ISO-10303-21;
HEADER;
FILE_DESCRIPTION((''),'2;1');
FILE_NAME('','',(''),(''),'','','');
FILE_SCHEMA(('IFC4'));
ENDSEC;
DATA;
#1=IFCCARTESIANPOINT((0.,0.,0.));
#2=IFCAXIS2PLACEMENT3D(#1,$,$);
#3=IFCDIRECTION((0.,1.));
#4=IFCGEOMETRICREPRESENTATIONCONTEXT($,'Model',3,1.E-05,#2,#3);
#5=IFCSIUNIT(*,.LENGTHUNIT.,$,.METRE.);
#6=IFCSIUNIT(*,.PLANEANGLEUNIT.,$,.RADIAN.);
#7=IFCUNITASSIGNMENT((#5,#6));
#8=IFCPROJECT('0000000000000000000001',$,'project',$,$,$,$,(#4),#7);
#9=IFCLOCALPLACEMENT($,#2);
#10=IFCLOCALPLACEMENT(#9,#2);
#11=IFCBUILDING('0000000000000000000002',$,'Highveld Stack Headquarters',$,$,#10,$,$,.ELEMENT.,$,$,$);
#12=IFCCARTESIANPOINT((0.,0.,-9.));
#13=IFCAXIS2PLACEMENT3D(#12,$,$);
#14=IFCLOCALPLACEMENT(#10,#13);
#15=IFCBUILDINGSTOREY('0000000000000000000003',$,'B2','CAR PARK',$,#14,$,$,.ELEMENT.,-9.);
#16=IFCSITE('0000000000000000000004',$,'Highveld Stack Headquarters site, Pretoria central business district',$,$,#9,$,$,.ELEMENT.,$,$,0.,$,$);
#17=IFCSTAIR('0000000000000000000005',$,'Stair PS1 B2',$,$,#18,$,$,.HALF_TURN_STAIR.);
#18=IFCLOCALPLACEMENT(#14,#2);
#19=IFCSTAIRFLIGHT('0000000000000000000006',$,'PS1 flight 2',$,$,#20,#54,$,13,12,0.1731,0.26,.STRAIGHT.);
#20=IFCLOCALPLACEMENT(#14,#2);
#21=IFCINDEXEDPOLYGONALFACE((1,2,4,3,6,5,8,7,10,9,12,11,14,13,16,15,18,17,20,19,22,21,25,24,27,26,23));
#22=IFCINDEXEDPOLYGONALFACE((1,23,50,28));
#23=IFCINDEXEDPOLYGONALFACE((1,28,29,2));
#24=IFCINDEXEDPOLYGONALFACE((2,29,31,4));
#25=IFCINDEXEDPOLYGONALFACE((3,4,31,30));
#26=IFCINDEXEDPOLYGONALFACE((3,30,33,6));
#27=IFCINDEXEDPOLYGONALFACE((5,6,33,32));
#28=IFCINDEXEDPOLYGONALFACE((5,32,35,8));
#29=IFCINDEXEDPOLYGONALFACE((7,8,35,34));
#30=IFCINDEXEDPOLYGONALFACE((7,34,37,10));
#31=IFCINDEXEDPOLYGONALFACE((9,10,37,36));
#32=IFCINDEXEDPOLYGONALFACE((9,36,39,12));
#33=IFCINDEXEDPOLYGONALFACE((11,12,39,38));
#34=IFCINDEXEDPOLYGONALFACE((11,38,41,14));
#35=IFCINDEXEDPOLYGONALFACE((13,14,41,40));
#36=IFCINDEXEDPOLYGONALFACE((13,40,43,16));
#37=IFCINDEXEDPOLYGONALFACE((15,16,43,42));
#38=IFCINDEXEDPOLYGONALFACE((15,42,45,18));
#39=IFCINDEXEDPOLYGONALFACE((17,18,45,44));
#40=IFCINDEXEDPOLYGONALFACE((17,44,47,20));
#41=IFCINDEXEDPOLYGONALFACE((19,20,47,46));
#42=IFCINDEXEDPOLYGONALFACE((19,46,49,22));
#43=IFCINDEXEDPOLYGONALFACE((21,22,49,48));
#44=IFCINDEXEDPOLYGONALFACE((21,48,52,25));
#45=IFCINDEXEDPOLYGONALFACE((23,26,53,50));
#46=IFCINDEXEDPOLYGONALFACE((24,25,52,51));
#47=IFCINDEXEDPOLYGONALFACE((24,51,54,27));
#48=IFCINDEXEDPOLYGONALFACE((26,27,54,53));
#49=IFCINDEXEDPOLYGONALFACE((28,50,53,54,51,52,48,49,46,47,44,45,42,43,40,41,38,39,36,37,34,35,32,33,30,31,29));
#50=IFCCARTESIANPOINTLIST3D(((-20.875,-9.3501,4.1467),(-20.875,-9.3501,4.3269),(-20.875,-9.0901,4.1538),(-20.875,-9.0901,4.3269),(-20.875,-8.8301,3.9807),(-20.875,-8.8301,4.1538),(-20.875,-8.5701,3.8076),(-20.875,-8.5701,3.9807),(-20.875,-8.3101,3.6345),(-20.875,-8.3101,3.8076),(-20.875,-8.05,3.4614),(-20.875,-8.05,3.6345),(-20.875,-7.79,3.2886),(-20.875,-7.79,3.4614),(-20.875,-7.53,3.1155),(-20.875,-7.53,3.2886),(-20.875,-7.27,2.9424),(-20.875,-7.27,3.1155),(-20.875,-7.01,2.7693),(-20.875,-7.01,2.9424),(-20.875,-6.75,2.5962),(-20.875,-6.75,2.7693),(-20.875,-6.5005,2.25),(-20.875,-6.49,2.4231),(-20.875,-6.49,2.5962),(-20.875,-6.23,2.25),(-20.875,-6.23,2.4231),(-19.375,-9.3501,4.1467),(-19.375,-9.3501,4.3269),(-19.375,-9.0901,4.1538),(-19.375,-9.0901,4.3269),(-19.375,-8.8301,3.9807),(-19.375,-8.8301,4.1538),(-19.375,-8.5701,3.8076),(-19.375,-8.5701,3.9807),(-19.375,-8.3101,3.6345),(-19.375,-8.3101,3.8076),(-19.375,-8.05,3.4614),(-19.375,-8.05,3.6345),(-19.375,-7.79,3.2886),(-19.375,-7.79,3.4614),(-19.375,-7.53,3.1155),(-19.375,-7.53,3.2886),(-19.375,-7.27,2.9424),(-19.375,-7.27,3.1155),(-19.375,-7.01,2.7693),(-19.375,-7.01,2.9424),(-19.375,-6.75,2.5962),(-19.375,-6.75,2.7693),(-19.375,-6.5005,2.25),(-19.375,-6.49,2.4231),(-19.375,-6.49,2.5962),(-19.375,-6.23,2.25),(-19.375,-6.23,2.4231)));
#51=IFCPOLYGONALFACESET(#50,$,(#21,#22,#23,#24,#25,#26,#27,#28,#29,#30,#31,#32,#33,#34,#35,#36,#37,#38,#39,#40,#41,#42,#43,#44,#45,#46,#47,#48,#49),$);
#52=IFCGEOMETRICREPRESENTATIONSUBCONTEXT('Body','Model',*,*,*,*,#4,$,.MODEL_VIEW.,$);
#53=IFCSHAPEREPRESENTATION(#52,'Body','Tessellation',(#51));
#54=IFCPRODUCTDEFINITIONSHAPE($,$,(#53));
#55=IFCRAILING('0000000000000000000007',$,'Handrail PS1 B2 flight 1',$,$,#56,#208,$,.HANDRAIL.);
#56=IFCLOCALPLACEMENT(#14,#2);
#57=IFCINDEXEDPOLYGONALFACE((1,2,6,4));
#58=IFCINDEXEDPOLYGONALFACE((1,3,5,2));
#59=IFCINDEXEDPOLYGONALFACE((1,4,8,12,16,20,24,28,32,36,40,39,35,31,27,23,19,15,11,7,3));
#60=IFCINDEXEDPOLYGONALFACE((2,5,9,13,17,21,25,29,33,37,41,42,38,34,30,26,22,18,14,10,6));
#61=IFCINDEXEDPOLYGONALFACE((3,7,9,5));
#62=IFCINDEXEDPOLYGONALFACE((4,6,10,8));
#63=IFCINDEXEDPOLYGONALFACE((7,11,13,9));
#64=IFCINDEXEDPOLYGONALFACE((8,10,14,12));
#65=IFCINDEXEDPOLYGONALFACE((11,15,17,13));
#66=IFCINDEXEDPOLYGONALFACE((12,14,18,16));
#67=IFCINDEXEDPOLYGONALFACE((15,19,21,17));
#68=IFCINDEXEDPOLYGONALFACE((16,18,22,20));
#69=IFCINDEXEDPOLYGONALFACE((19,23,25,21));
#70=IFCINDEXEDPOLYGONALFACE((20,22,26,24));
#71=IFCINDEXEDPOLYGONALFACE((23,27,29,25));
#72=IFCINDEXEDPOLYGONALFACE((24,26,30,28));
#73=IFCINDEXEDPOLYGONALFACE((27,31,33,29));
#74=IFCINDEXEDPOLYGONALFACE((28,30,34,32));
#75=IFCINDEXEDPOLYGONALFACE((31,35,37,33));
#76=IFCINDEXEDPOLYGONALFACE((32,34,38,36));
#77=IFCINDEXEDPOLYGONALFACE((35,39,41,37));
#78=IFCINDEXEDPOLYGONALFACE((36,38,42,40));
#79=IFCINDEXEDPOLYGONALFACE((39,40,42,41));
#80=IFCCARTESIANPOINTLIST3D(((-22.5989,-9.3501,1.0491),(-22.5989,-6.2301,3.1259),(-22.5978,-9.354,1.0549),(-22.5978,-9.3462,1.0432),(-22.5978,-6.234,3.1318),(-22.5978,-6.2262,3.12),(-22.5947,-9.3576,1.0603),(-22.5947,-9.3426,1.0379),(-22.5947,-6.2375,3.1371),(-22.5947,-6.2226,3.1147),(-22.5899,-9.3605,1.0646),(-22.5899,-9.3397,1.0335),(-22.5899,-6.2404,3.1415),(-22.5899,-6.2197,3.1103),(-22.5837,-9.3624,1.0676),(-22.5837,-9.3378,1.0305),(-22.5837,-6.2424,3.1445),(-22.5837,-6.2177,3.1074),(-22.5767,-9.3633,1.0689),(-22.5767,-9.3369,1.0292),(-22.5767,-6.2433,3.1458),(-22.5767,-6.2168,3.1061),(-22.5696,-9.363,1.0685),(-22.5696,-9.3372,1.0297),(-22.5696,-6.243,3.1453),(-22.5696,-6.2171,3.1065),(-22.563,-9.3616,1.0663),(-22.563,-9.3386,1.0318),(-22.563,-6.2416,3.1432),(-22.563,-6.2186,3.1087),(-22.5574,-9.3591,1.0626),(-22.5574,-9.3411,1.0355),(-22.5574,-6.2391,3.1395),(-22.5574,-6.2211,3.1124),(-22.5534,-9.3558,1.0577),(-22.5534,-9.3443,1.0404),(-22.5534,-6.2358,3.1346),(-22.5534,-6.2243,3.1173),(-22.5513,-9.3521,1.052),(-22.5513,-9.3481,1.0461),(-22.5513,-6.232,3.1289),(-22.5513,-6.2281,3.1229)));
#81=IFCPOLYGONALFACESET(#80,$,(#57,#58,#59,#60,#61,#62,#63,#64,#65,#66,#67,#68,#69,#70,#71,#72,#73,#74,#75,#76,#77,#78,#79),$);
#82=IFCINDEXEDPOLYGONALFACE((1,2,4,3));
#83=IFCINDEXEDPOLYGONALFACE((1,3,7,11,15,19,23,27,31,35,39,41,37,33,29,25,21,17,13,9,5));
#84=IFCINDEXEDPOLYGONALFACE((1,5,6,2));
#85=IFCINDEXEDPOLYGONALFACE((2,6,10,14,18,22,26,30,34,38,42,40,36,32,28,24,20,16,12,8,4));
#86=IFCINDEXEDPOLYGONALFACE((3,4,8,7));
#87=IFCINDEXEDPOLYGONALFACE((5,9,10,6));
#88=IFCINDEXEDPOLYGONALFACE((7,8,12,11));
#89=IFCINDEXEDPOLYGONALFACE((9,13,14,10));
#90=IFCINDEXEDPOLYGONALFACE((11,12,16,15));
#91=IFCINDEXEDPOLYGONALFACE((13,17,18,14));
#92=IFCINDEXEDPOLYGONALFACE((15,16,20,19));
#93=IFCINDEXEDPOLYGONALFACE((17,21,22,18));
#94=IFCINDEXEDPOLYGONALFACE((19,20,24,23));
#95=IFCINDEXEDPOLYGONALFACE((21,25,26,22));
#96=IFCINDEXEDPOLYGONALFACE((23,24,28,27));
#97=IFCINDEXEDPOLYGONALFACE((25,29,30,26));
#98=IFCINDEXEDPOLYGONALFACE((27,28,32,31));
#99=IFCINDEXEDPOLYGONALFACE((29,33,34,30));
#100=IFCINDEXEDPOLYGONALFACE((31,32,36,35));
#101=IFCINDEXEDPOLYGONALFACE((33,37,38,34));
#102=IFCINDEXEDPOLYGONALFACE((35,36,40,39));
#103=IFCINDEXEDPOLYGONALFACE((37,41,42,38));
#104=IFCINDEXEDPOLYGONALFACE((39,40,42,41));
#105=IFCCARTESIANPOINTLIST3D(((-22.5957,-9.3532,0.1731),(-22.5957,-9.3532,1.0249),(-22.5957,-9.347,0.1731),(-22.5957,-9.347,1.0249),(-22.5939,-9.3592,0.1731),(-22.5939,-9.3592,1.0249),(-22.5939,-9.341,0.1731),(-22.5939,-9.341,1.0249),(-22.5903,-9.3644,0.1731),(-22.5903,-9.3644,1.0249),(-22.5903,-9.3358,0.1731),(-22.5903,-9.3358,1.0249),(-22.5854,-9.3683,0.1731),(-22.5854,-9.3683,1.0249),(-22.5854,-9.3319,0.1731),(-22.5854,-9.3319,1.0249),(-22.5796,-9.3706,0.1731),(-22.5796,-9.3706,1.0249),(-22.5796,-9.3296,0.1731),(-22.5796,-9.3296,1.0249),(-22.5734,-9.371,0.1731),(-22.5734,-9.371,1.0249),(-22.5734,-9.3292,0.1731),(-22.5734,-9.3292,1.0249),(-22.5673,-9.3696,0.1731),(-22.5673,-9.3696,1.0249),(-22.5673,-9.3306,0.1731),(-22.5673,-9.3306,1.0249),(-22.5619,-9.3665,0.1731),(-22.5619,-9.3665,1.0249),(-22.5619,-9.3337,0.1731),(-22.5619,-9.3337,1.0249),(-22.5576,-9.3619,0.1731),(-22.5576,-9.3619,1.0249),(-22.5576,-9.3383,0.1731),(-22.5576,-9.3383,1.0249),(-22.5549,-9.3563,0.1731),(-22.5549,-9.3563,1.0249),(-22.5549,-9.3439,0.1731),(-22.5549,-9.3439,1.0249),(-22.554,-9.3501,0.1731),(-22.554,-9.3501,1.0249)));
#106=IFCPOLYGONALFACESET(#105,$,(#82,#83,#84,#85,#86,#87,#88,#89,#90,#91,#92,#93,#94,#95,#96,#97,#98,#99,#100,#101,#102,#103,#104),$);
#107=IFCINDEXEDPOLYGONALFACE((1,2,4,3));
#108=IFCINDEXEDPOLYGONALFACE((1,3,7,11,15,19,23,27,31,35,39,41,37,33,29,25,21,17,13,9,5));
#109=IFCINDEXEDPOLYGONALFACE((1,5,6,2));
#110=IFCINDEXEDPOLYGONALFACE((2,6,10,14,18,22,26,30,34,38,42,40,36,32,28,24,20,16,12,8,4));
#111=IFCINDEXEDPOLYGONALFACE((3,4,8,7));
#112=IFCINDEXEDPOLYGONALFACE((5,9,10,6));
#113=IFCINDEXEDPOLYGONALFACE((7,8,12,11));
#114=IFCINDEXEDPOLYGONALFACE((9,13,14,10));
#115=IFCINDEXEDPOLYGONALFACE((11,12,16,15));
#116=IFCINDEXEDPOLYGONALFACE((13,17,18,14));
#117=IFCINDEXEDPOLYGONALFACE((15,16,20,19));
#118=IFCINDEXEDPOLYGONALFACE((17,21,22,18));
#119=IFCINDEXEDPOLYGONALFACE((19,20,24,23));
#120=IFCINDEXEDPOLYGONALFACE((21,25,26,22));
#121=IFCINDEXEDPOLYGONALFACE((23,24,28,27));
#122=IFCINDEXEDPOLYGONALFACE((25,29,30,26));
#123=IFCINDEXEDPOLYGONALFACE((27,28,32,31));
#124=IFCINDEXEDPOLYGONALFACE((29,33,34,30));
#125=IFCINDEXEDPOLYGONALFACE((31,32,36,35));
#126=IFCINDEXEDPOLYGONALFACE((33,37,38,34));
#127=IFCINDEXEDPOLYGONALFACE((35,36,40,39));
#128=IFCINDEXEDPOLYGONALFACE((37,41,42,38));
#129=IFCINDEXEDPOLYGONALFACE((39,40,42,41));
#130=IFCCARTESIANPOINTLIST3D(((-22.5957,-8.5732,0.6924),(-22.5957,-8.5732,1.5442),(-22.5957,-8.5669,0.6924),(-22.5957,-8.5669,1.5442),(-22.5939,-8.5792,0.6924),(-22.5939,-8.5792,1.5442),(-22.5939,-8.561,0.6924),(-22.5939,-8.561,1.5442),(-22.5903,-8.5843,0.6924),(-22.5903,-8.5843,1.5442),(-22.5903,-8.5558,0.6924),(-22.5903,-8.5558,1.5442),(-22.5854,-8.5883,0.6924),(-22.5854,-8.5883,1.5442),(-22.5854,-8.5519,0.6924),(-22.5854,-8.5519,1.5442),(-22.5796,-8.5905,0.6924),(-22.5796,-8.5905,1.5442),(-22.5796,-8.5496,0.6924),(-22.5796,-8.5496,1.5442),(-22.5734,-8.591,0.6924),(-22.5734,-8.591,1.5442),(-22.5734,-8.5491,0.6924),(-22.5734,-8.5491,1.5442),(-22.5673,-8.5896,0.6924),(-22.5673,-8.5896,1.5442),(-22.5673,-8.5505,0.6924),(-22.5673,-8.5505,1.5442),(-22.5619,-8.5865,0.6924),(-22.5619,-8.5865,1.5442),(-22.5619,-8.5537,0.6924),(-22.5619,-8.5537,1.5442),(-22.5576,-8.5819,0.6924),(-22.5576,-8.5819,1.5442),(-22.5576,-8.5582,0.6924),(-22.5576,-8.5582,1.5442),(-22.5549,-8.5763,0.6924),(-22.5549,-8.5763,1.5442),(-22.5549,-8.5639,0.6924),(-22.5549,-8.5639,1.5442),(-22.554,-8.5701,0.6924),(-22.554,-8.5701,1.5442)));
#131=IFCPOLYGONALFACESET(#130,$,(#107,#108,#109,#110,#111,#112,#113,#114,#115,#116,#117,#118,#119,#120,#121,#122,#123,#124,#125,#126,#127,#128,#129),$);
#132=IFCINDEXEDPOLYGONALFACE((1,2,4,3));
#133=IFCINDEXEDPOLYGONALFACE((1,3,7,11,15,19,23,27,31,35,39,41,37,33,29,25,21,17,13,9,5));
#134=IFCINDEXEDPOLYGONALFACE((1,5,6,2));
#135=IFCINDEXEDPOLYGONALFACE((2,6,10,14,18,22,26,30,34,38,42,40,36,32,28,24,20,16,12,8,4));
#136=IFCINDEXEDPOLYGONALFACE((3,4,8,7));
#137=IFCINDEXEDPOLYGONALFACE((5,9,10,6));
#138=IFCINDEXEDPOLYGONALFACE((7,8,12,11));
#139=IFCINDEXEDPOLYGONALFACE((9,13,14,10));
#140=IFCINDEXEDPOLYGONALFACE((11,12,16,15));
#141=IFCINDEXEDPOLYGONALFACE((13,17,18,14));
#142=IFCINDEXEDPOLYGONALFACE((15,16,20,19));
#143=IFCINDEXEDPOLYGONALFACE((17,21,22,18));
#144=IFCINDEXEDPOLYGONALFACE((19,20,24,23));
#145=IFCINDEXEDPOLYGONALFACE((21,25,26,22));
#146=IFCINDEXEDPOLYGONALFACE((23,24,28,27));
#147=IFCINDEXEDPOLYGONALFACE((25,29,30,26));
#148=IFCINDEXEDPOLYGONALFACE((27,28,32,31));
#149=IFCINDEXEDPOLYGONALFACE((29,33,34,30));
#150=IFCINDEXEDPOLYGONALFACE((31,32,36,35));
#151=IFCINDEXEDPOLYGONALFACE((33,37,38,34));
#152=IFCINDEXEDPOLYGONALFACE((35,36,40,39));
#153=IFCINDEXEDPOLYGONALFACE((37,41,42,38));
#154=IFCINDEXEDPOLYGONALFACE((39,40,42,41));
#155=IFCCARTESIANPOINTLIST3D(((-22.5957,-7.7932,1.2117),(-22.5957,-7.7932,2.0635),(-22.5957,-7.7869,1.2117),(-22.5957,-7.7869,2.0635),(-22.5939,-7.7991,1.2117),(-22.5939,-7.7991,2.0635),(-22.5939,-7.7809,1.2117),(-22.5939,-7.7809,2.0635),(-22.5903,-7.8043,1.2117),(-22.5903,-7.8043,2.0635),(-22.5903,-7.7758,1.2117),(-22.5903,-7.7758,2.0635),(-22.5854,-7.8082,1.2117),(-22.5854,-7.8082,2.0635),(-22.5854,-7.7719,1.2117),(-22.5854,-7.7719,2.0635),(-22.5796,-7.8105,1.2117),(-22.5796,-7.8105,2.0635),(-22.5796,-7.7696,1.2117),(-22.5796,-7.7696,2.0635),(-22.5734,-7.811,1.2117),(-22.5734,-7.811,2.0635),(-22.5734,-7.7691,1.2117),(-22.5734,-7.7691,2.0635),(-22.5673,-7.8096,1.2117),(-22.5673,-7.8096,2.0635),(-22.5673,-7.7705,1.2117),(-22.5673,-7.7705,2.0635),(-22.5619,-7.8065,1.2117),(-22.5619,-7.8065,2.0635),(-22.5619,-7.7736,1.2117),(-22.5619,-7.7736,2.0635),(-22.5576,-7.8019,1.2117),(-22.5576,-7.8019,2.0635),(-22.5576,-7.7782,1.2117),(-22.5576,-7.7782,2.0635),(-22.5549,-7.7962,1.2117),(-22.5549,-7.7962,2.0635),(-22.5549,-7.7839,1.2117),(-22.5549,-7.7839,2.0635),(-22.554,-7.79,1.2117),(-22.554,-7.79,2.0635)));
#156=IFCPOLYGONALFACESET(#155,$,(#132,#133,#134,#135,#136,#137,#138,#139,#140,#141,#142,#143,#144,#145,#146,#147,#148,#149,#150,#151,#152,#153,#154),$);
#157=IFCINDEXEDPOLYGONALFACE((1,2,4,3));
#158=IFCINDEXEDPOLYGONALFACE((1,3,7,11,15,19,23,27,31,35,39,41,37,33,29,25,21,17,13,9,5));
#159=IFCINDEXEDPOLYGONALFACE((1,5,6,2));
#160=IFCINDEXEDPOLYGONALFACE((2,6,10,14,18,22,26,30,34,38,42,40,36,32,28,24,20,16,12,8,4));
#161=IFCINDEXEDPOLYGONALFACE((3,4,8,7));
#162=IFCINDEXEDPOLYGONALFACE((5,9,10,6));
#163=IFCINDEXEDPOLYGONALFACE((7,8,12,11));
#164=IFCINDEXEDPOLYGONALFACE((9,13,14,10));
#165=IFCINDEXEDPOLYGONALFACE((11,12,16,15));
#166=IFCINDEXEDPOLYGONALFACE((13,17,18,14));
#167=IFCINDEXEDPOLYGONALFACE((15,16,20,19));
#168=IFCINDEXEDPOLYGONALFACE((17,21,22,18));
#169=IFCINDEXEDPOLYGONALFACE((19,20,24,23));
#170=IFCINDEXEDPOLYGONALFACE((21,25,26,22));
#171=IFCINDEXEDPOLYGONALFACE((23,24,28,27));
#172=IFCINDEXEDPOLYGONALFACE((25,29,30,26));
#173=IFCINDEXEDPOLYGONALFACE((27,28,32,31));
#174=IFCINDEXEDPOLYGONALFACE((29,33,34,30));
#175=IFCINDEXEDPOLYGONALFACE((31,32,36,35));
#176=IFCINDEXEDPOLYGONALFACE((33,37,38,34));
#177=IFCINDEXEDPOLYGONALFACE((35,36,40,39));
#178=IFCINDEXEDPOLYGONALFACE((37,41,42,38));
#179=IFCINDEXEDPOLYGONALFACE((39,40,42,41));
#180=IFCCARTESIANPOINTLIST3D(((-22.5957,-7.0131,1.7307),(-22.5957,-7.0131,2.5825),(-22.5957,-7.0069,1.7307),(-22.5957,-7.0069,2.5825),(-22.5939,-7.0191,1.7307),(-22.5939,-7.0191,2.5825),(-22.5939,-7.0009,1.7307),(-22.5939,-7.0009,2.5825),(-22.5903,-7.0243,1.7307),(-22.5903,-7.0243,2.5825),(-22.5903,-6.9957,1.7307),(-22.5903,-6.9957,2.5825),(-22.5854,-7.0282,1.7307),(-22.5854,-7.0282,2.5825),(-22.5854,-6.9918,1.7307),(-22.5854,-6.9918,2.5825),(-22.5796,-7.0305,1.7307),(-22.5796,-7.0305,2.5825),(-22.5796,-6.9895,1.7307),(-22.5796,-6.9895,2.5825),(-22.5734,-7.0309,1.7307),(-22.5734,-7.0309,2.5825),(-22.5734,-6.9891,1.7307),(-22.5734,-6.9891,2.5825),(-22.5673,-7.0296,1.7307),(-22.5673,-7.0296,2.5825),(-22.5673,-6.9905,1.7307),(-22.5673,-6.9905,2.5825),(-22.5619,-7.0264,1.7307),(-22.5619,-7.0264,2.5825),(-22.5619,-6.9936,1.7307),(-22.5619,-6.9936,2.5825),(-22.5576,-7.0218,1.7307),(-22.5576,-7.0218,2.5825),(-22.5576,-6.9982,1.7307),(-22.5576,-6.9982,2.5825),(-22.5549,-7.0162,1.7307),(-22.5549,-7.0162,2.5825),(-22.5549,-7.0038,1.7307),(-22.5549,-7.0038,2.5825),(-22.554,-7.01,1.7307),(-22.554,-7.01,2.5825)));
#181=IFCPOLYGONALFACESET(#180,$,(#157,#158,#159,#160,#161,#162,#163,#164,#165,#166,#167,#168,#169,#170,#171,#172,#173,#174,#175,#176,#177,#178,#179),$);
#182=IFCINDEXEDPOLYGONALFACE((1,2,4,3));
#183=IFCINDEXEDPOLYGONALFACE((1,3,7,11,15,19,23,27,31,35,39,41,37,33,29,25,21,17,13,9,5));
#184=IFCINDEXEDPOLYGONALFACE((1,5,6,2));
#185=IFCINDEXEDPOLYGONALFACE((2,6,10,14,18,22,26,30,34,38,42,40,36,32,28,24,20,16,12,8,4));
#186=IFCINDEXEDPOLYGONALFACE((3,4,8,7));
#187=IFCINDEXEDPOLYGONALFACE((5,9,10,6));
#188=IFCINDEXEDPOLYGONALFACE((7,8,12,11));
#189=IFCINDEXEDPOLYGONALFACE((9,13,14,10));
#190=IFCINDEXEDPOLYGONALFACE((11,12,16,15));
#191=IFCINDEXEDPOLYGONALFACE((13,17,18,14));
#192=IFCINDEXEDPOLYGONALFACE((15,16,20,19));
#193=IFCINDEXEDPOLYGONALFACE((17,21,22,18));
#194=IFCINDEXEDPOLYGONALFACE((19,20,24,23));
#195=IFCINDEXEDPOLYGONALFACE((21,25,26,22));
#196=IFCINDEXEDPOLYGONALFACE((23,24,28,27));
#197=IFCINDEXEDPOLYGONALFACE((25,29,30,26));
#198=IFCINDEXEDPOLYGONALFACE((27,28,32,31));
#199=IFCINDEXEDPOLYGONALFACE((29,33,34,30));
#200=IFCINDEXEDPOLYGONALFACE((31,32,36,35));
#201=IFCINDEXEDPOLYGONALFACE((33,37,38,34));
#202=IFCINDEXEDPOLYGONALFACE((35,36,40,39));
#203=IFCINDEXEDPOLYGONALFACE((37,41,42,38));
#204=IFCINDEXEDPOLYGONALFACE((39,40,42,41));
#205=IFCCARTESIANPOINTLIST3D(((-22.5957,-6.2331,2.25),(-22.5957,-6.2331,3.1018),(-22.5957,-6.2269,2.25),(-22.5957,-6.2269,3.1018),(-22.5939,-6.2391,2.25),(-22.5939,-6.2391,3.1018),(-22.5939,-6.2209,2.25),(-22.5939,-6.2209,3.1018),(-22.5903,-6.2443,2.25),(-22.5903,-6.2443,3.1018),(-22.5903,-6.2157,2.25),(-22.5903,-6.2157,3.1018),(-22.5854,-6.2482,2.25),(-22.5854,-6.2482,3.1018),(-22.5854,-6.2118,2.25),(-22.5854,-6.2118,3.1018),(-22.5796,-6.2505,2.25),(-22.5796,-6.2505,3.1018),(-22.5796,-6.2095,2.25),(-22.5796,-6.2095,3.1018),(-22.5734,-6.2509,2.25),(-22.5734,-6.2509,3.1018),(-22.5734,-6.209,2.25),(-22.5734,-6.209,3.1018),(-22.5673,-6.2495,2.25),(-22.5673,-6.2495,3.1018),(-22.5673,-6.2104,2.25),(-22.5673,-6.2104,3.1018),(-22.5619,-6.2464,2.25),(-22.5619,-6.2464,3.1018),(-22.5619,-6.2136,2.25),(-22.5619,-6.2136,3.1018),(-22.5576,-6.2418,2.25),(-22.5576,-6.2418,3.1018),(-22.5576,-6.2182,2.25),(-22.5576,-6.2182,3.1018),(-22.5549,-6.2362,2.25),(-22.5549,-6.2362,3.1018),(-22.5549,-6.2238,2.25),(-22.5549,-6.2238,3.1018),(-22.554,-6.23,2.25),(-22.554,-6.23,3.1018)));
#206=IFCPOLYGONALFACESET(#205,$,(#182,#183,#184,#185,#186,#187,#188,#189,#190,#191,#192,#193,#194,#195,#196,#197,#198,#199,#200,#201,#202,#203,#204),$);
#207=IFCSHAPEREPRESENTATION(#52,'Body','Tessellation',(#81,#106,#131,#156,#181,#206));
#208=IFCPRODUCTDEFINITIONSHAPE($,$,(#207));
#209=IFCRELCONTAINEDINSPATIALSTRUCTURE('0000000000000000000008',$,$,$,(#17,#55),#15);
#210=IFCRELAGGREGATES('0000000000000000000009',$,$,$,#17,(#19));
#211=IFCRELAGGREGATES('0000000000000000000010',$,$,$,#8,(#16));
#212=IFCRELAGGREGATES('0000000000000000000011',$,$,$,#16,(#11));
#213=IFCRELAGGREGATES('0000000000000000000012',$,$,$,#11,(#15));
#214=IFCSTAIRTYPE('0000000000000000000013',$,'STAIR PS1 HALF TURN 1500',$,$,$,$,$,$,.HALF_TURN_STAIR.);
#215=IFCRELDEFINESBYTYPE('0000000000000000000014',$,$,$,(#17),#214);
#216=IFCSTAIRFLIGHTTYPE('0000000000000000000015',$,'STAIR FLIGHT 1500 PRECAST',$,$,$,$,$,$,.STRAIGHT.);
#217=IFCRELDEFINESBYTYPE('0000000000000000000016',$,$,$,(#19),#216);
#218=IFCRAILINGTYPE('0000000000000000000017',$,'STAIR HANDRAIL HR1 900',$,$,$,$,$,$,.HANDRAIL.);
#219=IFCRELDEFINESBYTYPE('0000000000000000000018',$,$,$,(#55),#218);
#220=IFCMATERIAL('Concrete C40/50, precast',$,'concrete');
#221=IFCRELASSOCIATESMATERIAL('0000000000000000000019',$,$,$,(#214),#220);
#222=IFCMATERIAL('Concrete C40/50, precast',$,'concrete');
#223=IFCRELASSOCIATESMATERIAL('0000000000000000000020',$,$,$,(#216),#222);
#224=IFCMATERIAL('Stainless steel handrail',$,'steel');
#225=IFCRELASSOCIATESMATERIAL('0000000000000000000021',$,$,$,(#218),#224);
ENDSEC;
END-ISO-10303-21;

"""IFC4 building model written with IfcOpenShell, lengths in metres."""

from ifc_helpers import new_model, si_unit, direction, frame, origin, origin_2d, place, context, subcontext, project, spatial, polyline, circle, outline, extrude, material, type_object, element, aggregate, save


model = new_model("IFC4")

# Units and contexts
model_context = context("Model", 3, precision=1e-05, world=origin(), true_north=direction((0.0, 1.0)))
body_context = subcontext(model_context, "Body", "Model", "MODEL_VIEW")
ifc_project = project(units=[si_unit("LENGTHUNIT", "METRE"), si_unit("PLANEANGLEUNIT", "RADIAN")], contexts=[model_context])

# Site, building, storey
site_placement = place(None, origin())
site = spatial("IfcSite", under=ifc_project, at=site_placement, Name="Highveld Stack Headquarters site, Pretoria central business district", CompositionType="ELEMENT", RefElevation=0.0)
building_placement = place(site_placement, origin())
building = spatial("IfcBuilding", under=site, at=building_placement, Name="Highveld Stack Headquarters", CompositionType="ELEMENT")
storey_placement = place(building_placement, frame((0.0, 0.0, -9.0)))
storey = spatial("IfcBuildingStorey", under=building, at=storey_placement, Name="B2", Description="CAR PARK", CompositionType="ELEMENT", Elevation=-9.0)

# Stair, stair flight
ifc_material_1 = material(Name="Concrete C40/50, precast", Category="concrete")
stair_type = type_object("IfcStairType", Name="STAIR PS1 HALF TURN 1500", PredefinedType="HALF_TURN_STAIR", material=ifc_material_1)
stair_placement = place(storey_placement, origin())
stair = element("IfcStair", 1, at=stair_placement, inside=storey, type_object=stair_type, Name="Stair PS1 B2", PredefinedType="HALF_TURN_STAIR")
ifc_material_2 = material(Name="Concrete C40/50, precast", Category="concrete")
stair_flight_type = type_object("IfcStairFlightType", Name="STAIR FLIGHT 1500 PRECAST", PredefinedType="STRAIGHT", material=ifc_material_2)
stair_flight_1_placement = place(storey_placement, frame((-20.125, -6.23, 2.25), z_axis=(0.0, 0.0, 1.0), x_axis=(0.0, -1.0, 0.0)))
stair_flight_1 = element("IfcStairFlight", 2, at=stair_flight_1_placement, type_object=stair_flight_type, Name="PS1 flight 2", NumberOfRisers=13, NumberOfTreads=12, PredefinedType="STRAIGHT", RiserHeight=0.1731, TreadLength=0.26, context=body_context, shape_type="SweptSolid", body=[
    extrude(outline(polyline([(0.0, 0.0), (0.0, 0.1731), (0.26, 0.1731), (0.26, 0.3462), (0.52, 0.3462), (0.52, 0.5193), (0.78, 0.5193), (0.78, 0.6924), (1.04, 0.6924), (1.04, 0.8655), (1.3, 0.8655), (1.3, 1.0386), (1.5601, 1.0386), (1.5601, 1.2114), (1.8201, 1.2114), (1.8201, 1.3845), (2.0801, 1.3845), (2.0801, 1.5576), (2.3401, 1.5576), (2.3401, 1.7307), (2.6001, 1.7307), (2.6001, 1.9038), (2.8601, 1.9038), (2.8601, 2.0769), (3.1201, 2.0769), (3.1201, 2.25), (3.1201, 1.8967), (0.2705, 0.0), (0.0, 0.0)])), frame((0.0, 0.75, 0.0), z_axis=(0.0, -1.0, 0.0), x_axis=(1.0, 0.0, 0.0)), (0.0, 0.0, 1.0), 1.5),
])
aggregate(stair, [stair_flight_1])

# Railing
ifc_material_3 = material(Name="Stainless steel handrail", Category="steel")
railing_type = type_object("IfcRailingType", Name="STAIR HANDRAIL HR1 900", PredefinedType="HANDRAIL", material=ifc_material_3)
for number, where, name in (
    (3, (-22.575, -9.3501, 0.1731), "Handrail PS1 B2 flight 1"),
):
    element("IfcRailing", number, at=place(storey_placement, frame(where)), inside=storey, type_object=railing_type, Name=name, PredefinedType="HANDRAIL", context=body_context, shape_type="SweptSolid", body=[
        extrude(circle(Radius=0.0239, at=origin_2d()), frame((0.0, 0.0, 0.876), z_axis=(0.0, 0.832441, 0.554114), x_axis=(-1.0, 0.0, 0.0)), (0.0, 0.0, 1.0), 3.748),
        extrude(circle(Radius=0.021, at=origin_2d()), origin(), (0.0, 0.0, 1.0), 0.8518),
        extrude(circle(Radius=0.021, at=origin_2d()), frame((0.0, 0.78, 0.5193)), (0.0, 0.0, 1.0), 0.8518),
        extrude(circle(Radius=0.021, at=origin_2d()), frame((0.0, 1.5601, 1.0386)), (0.0, 0.0, 1.0), 0.8518),
        extrude(circle(Radius=0.021, at=origin_2d()), frame((0.0, 2.3401, 1.5576)), (0.0, 0.0, 1.0), 0.8518),
        extrude(circle(Radius=0.021, at=origin_2d()), frame((0.0, 3.1201, 2.0769)), (0.0, 0.0, 1.0), 0.8518),
    ])

save(model, "model.ifc")
